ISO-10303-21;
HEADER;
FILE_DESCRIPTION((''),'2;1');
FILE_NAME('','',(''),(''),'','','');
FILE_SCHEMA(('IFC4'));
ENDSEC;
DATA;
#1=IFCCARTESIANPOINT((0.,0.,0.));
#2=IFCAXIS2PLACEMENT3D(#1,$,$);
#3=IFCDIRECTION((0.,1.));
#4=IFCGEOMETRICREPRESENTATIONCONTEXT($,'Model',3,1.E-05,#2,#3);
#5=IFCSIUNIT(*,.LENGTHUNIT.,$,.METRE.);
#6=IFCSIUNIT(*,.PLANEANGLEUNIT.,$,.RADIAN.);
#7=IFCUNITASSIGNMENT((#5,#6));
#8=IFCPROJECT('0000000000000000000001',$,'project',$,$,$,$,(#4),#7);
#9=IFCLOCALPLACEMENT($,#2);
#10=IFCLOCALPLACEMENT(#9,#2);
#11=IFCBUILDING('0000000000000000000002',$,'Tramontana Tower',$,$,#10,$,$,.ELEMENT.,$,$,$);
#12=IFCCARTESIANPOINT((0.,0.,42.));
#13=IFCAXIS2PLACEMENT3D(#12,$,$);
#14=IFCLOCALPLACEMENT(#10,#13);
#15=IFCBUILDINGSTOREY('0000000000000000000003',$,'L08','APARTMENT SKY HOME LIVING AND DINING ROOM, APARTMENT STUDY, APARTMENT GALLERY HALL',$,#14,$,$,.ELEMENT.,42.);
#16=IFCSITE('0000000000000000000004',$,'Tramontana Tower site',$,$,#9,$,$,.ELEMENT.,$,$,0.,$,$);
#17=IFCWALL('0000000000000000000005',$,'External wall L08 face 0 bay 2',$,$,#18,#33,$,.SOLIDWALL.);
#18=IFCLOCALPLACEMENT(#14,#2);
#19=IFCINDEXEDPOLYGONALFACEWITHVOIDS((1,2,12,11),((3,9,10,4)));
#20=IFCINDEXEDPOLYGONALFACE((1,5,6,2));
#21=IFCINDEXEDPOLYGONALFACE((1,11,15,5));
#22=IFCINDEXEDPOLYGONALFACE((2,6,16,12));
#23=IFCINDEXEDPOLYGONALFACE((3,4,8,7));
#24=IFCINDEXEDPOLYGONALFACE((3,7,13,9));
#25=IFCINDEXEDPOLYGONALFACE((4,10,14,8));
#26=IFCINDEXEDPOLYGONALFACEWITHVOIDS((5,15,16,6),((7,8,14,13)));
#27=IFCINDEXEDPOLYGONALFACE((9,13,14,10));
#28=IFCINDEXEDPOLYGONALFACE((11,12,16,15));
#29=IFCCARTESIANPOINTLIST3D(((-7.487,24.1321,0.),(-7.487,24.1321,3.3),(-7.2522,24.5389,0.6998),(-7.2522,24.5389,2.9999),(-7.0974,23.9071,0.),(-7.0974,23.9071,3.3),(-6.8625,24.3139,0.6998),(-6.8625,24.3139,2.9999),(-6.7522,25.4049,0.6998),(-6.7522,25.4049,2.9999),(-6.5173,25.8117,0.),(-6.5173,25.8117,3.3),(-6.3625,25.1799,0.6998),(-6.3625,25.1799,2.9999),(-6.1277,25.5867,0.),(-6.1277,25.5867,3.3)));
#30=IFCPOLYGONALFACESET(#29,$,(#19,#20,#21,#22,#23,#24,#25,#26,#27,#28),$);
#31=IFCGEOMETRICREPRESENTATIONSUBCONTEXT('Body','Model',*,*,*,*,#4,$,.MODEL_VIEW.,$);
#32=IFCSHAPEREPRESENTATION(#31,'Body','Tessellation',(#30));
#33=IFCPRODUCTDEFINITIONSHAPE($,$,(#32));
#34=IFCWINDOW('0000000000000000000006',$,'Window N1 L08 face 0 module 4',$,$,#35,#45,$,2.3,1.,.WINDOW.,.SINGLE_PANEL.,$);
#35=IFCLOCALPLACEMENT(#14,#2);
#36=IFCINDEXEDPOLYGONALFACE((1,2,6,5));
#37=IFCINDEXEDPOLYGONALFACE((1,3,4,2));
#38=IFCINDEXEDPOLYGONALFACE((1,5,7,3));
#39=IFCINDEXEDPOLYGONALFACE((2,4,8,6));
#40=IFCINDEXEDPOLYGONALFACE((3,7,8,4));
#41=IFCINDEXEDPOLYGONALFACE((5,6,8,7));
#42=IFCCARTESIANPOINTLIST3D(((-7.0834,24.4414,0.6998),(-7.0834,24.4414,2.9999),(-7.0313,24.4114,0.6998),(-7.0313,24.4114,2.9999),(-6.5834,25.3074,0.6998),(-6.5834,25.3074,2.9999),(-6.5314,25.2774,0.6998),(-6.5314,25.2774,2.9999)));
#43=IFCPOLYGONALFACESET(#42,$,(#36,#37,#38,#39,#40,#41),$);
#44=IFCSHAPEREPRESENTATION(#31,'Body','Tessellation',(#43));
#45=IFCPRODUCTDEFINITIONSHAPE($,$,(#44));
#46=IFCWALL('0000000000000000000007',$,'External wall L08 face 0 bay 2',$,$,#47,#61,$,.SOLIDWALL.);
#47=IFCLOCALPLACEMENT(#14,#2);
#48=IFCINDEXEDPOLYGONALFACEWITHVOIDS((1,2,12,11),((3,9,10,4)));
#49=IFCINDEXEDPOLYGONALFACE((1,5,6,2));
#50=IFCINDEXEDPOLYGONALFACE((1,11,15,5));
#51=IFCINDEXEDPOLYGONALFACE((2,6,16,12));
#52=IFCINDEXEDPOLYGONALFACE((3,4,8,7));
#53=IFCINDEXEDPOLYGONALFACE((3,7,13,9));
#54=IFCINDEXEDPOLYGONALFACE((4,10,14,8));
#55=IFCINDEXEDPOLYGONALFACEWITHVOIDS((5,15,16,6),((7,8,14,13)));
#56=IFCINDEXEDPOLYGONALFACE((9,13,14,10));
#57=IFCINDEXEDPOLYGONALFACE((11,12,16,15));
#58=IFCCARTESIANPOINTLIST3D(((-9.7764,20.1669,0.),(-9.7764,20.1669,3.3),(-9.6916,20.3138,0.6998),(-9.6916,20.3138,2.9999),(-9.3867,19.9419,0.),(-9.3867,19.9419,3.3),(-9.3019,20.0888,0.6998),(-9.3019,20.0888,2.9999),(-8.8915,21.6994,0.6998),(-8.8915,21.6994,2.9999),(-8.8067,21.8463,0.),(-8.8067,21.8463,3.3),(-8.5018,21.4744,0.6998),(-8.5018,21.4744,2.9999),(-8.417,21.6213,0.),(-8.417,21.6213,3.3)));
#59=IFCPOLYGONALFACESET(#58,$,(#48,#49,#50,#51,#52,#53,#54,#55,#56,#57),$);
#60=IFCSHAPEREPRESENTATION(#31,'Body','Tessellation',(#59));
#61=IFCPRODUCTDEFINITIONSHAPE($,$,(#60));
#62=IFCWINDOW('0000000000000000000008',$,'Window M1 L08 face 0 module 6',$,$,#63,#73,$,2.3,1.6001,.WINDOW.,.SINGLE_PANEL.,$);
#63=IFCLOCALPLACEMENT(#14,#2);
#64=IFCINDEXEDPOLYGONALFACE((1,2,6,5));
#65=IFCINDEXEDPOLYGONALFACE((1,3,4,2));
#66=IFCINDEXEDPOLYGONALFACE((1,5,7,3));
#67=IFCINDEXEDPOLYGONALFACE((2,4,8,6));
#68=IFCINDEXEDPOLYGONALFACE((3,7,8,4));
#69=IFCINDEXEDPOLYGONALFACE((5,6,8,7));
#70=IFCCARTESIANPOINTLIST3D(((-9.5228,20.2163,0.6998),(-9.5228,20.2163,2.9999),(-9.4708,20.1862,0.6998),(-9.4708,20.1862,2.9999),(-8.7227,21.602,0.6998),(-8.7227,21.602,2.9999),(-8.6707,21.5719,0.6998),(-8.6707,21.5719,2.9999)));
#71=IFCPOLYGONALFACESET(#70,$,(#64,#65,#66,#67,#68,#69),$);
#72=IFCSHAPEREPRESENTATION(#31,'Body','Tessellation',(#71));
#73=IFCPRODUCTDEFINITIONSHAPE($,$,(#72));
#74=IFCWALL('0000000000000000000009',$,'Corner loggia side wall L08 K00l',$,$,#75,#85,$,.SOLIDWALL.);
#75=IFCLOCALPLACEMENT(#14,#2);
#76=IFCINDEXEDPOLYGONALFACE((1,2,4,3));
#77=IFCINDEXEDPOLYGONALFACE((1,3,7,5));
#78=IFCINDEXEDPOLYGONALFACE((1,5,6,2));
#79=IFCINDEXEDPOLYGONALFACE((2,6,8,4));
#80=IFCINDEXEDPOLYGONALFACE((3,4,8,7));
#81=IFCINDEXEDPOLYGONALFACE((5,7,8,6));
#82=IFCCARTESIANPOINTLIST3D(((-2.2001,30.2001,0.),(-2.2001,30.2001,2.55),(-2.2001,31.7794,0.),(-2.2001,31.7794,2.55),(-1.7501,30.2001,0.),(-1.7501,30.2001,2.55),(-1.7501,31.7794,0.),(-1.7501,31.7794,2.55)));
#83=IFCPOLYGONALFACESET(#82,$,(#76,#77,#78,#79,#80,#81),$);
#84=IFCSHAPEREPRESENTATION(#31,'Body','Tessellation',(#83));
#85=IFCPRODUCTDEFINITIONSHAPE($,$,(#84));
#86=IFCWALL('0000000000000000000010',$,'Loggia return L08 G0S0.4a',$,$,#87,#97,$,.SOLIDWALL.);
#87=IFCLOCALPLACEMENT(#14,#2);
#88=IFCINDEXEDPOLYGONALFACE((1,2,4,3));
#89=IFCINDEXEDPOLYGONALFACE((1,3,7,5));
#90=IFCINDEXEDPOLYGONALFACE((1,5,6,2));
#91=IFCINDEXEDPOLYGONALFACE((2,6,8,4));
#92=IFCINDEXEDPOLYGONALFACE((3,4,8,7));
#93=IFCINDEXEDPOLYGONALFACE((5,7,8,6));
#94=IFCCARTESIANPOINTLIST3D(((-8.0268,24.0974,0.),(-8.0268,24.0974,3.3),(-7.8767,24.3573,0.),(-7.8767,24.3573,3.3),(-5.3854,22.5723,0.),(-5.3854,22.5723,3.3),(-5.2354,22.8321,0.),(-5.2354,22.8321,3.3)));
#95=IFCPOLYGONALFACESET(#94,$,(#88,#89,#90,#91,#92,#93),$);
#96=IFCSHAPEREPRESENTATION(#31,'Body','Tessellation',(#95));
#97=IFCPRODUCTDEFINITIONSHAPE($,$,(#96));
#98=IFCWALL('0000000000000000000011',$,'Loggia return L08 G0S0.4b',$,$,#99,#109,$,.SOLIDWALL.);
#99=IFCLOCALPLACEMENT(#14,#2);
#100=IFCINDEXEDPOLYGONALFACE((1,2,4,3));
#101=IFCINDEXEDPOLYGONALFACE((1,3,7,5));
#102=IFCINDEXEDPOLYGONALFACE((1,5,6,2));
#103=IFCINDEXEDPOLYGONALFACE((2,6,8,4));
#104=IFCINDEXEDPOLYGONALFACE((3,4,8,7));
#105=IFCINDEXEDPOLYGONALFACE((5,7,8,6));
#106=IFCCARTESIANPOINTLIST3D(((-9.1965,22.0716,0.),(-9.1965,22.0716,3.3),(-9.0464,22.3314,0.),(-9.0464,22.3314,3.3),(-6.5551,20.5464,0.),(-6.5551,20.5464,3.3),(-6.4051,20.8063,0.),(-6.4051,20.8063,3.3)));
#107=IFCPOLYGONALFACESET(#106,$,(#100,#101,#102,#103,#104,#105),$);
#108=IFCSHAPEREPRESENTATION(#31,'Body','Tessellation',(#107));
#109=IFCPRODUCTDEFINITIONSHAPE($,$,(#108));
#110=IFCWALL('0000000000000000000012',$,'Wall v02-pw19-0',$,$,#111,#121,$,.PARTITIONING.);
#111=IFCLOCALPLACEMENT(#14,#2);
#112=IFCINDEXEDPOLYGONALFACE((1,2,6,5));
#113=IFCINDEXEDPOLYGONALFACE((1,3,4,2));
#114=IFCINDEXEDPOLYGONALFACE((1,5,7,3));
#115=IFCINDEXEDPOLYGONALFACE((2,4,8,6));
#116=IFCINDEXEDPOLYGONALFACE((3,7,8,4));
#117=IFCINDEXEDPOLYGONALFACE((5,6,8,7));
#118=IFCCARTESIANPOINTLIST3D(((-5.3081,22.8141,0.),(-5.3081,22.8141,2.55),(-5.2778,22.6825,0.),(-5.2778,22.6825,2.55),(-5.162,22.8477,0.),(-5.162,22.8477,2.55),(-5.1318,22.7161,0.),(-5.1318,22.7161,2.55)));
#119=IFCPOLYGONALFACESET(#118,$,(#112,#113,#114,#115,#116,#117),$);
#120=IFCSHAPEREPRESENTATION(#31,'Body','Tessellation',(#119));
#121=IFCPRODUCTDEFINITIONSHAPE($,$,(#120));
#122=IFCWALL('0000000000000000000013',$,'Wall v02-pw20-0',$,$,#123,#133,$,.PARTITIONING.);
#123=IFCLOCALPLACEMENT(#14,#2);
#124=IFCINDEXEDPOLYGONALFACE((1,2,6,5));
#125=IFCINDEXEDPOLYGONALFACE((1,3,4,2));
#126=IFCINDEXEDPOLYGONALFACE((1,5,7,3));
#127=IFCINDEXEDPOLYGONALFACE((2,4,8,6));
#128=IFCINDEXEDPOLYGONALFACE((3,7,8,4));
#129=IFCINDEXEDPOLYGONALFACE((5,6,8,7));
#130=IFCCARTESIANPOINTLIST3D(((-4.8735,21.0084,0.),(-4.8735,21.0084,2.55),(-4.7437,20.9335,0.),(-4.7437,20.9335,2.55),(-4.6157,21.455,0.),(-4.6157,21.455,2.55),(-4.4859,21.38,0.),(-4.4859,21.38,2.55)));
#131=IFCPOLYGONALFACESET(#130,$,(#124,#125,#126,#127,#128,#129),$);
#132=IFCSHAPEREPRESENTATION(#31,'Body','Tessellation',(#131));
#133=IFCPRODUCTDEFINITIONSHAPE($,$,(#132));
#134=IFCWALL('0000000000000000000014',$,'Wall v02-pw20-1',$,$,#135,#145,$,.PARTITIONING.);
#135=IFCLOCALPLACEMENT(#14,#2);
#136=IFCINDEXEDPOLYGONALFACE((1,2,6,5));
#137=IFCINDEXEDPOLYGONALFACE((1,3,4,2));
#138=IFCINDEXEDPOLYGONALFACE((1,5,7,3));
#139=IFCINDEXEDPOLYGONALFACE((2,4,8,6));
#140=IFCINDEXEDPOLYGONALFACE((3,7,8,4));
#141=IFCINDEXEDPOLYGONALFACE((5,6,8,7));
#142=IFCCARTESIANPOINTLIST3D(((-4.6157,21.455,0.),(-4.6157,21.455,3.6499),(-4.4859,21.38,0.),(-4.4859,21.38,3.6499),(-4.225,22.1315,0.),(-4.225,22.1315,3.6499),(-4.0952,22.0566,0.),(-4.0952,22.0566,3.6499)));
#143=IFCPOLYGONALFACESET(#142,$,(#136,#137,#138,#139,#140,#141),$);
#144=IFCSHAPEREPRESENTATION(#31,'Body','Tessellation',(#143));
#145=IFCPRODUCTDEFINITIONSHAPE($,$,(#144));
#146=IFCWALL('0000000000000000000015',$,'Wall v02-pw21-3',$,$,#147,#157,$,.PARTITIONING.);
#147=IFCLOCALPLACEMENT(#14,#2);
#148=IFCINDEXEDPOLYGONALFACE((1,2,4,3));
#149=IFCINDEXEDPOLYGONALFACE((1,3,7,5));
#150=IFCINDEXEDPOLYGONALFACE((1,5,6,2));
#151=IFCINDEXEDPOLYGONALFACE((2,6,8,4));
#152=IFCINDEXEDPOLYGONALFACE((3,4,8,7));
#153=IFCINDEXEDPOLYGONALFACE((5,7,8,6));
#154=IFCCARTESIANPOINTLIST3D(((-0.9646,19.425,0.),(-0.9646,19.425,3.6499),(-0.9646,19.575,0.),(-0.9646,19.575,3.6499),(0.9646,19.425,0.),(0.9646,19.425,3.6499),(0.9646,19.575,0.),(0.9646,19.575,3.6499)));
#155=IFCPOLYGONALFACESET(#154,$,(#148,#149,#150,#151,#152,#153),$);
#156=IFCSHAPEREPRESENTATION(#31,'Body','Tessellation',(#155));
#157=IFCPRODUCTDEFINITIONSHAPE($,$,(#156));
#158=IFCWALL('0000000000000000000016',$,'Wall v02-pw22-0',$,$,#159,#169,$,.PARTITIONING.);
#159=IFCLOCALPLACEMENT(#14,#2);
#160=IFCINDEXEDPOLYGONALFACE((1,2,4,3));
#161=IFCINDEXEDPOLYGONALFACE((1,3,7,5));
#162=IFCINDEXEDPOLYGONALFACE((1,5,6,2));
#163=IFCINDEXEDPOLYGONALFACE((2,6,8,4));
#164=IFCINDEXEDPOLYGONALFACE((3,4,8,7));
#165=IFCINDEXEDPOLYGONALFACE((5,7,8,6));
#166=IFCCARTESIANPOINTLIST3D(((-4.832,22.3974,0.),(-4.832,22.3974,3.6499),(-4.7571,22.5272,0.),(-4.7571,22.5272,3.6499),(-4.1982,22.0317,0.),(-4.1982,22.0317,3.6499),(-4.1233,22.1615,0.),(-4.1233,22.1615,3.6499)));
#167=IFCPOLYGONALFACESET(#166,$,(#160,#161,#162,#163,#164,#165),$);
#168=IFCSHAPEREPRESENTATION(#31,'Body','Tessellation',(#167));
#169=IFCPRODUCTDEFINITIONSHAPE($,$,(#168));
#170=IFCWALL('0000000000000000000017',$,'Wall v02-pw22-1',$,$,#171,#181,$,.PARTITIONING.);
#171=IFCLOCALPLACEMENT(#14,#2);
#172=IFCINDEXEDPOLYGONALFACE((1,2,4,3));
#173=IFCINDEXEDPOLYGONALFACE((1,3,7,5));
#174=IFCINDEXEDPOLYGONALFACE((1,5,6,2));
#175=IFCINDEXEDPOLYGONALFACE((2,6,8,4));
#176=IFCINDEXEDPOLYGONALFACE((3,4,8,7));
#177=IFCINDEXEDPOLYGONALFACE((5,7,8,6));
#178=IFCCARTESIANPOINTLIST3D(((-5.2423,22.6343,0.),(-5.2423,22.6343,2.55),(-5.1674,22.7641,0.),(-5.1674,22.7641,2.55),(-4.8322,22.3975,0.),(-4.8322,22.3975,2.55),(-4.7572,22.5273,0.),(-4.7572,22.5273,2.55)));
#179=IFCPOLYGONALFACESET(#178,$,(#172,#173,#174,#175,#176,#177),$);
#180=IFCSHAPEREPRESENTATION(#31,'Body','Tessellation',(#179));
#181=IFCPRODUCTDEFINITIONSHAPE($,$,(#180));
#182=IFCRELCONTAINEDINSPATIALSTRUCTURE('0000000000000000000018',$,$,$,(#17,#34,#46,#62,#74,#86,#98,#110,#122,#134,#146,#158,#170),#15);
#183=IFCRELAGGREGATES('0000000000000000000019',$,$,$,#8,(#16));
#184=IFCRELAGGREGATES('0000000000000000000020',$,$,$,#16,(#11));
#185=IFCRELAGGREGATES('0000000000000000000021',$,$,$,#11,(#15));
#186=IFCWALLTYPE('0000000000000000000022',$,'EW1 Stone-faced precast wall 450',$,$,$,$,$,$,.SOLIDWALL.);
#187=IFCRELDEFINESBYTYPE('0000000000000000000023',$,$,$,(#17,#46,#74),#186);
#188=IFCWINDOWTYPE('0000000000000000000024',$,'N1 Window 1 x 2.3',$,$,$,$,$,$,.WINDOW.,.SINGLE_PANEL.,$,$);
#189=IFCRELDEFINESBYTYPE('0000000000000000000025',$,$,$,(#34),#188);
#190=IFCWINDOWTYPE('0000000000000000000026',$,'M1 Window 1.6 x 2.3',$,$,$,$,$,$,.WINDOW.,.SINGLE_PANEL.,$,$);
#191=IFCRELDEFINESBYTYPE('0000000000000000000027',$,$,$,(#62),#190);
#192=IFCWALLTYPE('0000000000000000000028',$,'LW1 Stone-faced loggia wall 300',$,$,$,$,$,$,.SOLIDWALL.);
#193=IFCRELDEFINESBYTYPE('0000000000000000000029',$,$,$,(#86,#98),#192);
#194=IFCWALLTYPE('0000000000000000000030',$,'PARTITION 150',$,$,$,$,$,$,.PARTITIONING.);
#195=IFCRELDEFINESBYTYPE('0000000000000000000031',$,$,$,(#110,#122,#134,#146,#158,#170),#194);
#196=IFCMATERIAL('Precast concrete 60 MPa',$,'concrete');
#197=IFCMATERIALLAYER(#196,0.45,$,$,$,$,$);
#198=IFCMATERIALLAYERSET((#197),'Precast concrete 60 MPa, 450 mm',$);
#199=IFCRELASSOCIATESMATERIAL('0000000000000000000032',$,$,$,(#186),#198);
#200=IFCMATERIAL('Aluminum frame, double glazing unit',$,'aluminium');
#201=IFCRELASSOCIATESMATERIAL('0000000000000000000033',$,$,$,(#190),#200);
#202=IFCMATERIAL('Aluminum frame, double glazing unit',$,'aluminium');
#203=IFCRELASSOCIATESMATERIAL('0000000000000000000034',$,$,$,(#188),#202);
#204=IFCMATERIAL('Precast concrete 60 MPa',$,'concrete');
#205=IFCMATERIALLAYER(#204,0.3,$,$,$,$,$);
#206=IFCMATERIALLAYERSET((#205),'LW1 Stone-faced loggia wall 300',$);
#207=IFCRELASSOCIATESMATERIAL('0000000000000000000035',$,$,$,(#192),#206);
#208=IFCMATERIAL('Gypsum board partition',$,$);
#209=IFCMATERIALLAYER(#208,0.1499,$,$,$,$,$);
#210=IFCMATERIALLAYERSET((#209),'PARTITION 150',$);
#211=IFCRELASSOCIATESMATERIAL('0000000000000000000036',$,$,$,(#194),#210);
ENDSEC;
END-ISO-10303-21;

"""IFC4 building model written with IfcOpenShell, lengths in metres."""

from ifc_helpers import new_model, si_unit, direction, frame, frame_2d, origin, place, context, subcontext, project, spatial, rectangle, extrude, material, layer, layer_set, type_object, element, fill, save


model = new_model("IFC4")

# Units and contexts
model_context = context("Model", 3, precision=1e-05, world=origin(), true_north=direction((0.0, 1.0)))
body_context = subcontext(model_context, "Body", "Model", "MODEL_VIEW")
ifc_project = project(units=[si_unit("LENGTHUNIT", "METRE"), si_unit("PLANEANGLEUNIT", "RADIAN")], contexts=[model_context])

# Site, building, storey
site_placement = place(None, origin())
site = spatial("IfcSite", under=ifc_project, at=site_placement, Name="Tramontana Tower site", CompositionType="ELEMENT", RefElevation=0.0)
building_placement = place(site_placement, origin())
building = spatial("IfcBuilding", under=site, at=building_placement, Name="Tramontana Tower", CompositionType="ELEMENT")
storey_placement = place(building_placement, frame((0.0, 0.0, 42.0)))
storey = spatial("IfcBuildingStorey", under=building, at=storey_placement, Name="L08", Description="APARTMENT SKY HOME LIVING AND DINING ROOM, APARTMENT STUDY, APARTMENT GALLERY HALL", CompositionType="ELEMENT", Elevation=42.0)

# Shared definitions
ifc_material_1 = material(Name="Precast concrete 60 MPa", Category="concrete")
ifc_layer_1 = layer(ifc_material_1, 0.45)
ifc_layer_set_1 = layer_set([ifc_layer_1], Name="Precast concrete 60 MPa, 450 mm")
wall_type_1 = type_object("IfcWallType", Name="EW1 Stone-faced precast wall 450", PredefinedType="SOLIDWALL", material=ifc_layer_set_1)
ifc_material_2 = material(Name="Aluminum frame, double glazing unit", Category="aluminium")
window_type_1 = type_object("IfcWindowType", Name="M1 Window 1.6 x 2.3", PartitioningType="SINGLE_PANEL", PredefinedType="WINDOW", material=ifc_material_2)

# Walls, openings, windows
wall_1_placement = place(storey_placement, frame((-6.3225, 25.6992, 0.0), z_axis=(0.0, 0.0, 1.0), x_axis=(-0.499984, -0.866035, 0.0)))
wall_1 = element("IfcWall", 1, at=wall_1_placement, inside=storey, type_object=wall_type_1, Name="External wall L08 face 0 bay 2", PredefinedType="SOLIDWALL", context=body_context, shape_type="SweptSolid", body=[
    extrude(rectangle(XDim=1.9395, YDim=0.45, at=frame_2d((0.9697, 0.0))), origin(), (0.0, 0.0, 1.0), 3.3),
])
opening_1_placement = place(wall_1_placement, frame((0.4697, 0.0, 0.7)))
opening_1 = element("IfcOpeningElement", 2, at=opening_1_placement, cuts=wall_1, PredefinedType="OPENING", context=body_context, shape_type="SweptSolid", body=[
    extrude(rectangle(XDim=1.0, YDim=2.3, at=frame_2d((0.5, 1.1499))), frame((0.0, 0.2349, 0.0), z_axis=(0.0, -1.0, 0.0), x_axis=(1.0, 0.0, 0.0)), (0.0, 0.0, 1.0), 0.47),
])
ifc_material_3 = material(Name="Aluminum frame, double glazing unit", Category="aluminium")
window_type_2 = type_object("IfcWindowType", Name="N1 Window 1 x 2.3", PartitioningType="SINGLE_PANEL", PredefinedType="WINDOW", material=ifc_material_3)
window_1_placement = place(opening_1_placement, origin())
window_1 = element("IfcWindow", 3, at=window_1_placement, inside=storey, type_object=window_type_2, Name="Window N1 L08 face 0 module 4", OverallHeight=2.3, OverallWidth=1.0, PartitioningType="SINGLE_PANEL", PredefinedType="WINDOW", context=body_context, shape_type="SweptSolid", body=[
    extrude(rectangle(XDim=1.0, YDim=2.3, at=frame_2d((0.5, 1.1499))), frame((0.0, 0.03, 0.0), z_axis=(0.0, -1.0, 0.0), x_axis=(1.0, 0.0, 0.0)), (0.0, 0.0, 1.0), 0.0601),
])
fill(opening_1, window_1)
wall_2_placement = place(storey_placement, frame((-8.6118, 21.7339, 0.0), z_axis=(0.0, 0.0, 1.0), x_axis=(-0.500038, -0.866003, 0.0)))
wall_2 = element("IfcWall", 4, at=wall_2_placement, inside=storey, type_object=wall_type_1, Name="External wall L08 face 0 bay 2", PredefinedType="SOLIDWALL", context=body_context, shape_type="SweptSolid", body=[
    extrude(rectangle(XDim=1.9392, YDim=0.45, at=frame_2d((0.9697, 0.0))), origin(), (0.0, 0.0, 1.0), 3.3),
])
opening_2_placement = place(wall_2_placement, frame((0.1697, 0.0, 0.7)))
opening_2 = element("IfcOpeningElement", 5, at=opening_2_placement, cuts=wall_2, PredefinedType="OPENING", context=body_context, shape_type="SweptSolid", body=[
    extrude(rectangle(XDim=1.6001, YDim=2.3, at=frame_2d((0.8, 1.1499))), frame((0.0, 0.2349, 0.0), z_axis=(0.0, -1.0, 0.0), x_axis=(1.0, 0.0, 0.0)), (0.0, 0.0, 1.0), 0.47),
])
window_2_placement = place(opening_2_placement, origin())
window_2 = element("IfcWindow", 6, at=window_2_placement, inside=storey, type_object=window_type_1, Name="Window M1 L08 face 0 module 6", OverallHeight=2.3, OverallWidth=1.6001, PartitioningType="SINGLE_PANEL", PredefinedType="WINDOW", context=body_context, shape_type="SweptSolid", body=[
    extrude(rectangle(XDim=1.6001, YDim=2.3, at=frame_2d((0.8, 1.1499))), frame((0.0, 0.03, 0.0), z_axis=(0.0, -1.0, 0.0), x_axis=(1.0, 0.0, 0.0)), (0.0, 0.0, 1.0), 0.0601),
])
fill(opening_2, window_2)

# Wall
wall_3_placement = place(storey_placement, frame((-1.9751, 31.7793, 0.0), z_axis=(0.0, 0.0, 1.0), x_axis=(0.0, -1.0, 0.0)))
element("IfcWall", 7, at=wall_3_placement, inside=storey, type_object=wall_type_1, Name="Corner loggia side wall L08 K00l", PredefinedType="SOLIDWALL", context=body_context, shape_type="SweptSolid", body=[
    extrude(rectangle(XDim=1.5793, YDim=0.45, at=frame_2d((0.7896, 0.0))), origin(), (0.0, 0.0, 1.0), 2.55),
])

# Shared definitions
ifc_material_4 = material(Name="Precast concrete 60 MPa", Category="concrete")
ifc_layer_2 = layer(ifc_material_4, 0.3)
ifc_layer_set_2 = layer_set([ifc_layer_2], Name="LW1 Stone-faced loggia wall 300")
wall_type_2 = type_object("IfcWallType", Name="LW1 Stone-faced loggia wall 300", PredefinedType="SOLIDWALL", material=ifc_layer_set_2)

# Walls
for number, where, z_axis, x_axis, name in (
    (8, (-7.9517, 24.2273, 0.0), (0.0, 0.0, 1.0), (0.866003, -0.500039, 0.0), "Loggia return L08 G0S0.4a"),
    (9, (-9.1213, 22.2014, 0.0), (0.0, 0.0, 1.0), (0.866003, -0.500039, 0.0), "Loggia return L08 G0S0.4b"),
):
    element("IfcWall", number, at=place(storey_placement, frame(where, z_axis=z_axis, x_axis=x_axis)), inside=storey, type_object=wall_type_2, Name=name, PredefinedType="SOLIDWALL", context=body_context, shape_type="SweptSolid", body=[
        extrude(rectangle(XDim=3.05, YDim=0.3, at=frame_2d((1.5249, 0.0))), origin(), (0.0, 0.0, 1.0), 3.3),
    ])
ifc_material_5 = material(Name="Gypsum board partition")
ifc_layer_3 = layer(ifc_material_5, 0.1499)
ifc_layer_set_3 = layer_set([ifc_layer_3], Name="PARTITION 150")
wall_type_3 = type_object("IfcWallType", Name="PARTITION 150", PredefinedType="PARTITIONING", material=ifc_layer_set_3)
wall_4_placement = place(storey_placement, frame((-5.2048, 22.6995, 0.0), z_axis=(0.0, 0.0, 1.0), x_axis=(-0.224199, 0.974543, 0.0)))
element("IfcWall", 10, at=wall_4_placement, inside=storey, type_object=wall_type_3, Name="Wall v02-pw19-0", PredefinedType="PARTITIONING", context=body_context, shape_type="SweptSolid", body=[
    extrude(rectangle(XDim=0.135, YDim=0.1499, at=frame_2d((0.0674, 0.0))), origin(), (0.0, 0.0, 1.0), 2.55),
])
wall_5_placement = place(storey_placement, frame((-4.8086, 20.9709, 0.0), z_axis=(0.0, 0.0, 1.0), x_axis=(0.500009, 0.86602, 0.0)))
element("IfcWall", 11, at=wall_5_placement, inside=storey, type_object=wall_type_3, Name="Wall v02-pw20-0", PredefinedType="PARTITIONING", context=body_context, shape_type="SweptSolid", body=[
    extrude(rectangle(XDim=0.5156, YDim=0.1499, at=frame_2d((0.2578, 0.0))), origin(), (0.0, 0.0, 1.0), 2.55),
])
wall_6_placement = place(storey_placement, frame((-4.5508, 21.4175, 0.0), z_axis=(0.0, 0.0, 1.0), x_axis=(0.500038, 0.866003, 0.0)))
element("IfcWall", 12, at=wall_6_placement, inside=storey, type_object=wall_type_3, Name="Wall v02-pw20-1", PredefinedType="PARTITIONING", context=body_context, shape_type="SweptSolid", body=[
    extrude(rectangle(XDim=0.7812, YDim=0.1499, at=frame_2d((0.3906, 0.0))), origin(), (0.0, 0.0, 1.0), 3.6499),
])

# Walls
wall_7_placement = place(storey_placement, frame((-0.9646, 19.5, 0.0), z_axis=(0.0, 0.0, 1.0), x_axis=(1.0, 0.0, 0.0)))
element("IfcWall", 13, at=wall_7_placement, inside=storey, type_object=wall_type_3, Name="Wall v02-pw21-3", PredefinedType="PARTITIONING", context=body_context, shape_type="SweptSolid", body=[
    extrude(rectangle(XDim=1.9292, YDim=0.1499, at=frame_2d((0.9646, 0.0))), origin(), (0.0, 0.0, 1.0), 3.6499),
])
wall_8_placement = place(storey_placement, frame((-4.1609, 22.0967, 0.0), z_axis=(0.0, 0.0, 1.0), x_axis=(-0.866141, 0.499799, 0.0)))
element("IfcWall", 14, at=wall_8_placement, inside=storey, type_object=wall_type_3, Name="Wall v02-pw22-0", PredefinedType="PARTITIONING", context=body_context, shape_type="SweptSolid", body=[
    extrude(rectangle(XDim=0.7317, YDim=0.1499, at=frame_2d((0.3657, 0.0))), origin(), (0.0, 0.0, 1.0), 3.6499),
])
wall_9_placement = place(storey_placement, frame((-4.7947, 22.4624, 0.0), z_axis=(0.0, 0.0, 1.0), x_axis=(-0.866014, 0.50002, 0.0)))
element("IfcWall", 15, at=wall_9_placement, inside=storey, type_object=wall_type_3, Name="Wall v02-pw22-1", PredefinedType="PARTITIONING", context=body_context, shape_type="SweptSolid", body=[
    extrude(rectangle(XDim=0.4736, YDim=0.1499, at=frame_2d((0.2368, 0.0))), origin(), (0.0, 0.0, 1.0), 2.55),
])

save(model, "model.ifc")
